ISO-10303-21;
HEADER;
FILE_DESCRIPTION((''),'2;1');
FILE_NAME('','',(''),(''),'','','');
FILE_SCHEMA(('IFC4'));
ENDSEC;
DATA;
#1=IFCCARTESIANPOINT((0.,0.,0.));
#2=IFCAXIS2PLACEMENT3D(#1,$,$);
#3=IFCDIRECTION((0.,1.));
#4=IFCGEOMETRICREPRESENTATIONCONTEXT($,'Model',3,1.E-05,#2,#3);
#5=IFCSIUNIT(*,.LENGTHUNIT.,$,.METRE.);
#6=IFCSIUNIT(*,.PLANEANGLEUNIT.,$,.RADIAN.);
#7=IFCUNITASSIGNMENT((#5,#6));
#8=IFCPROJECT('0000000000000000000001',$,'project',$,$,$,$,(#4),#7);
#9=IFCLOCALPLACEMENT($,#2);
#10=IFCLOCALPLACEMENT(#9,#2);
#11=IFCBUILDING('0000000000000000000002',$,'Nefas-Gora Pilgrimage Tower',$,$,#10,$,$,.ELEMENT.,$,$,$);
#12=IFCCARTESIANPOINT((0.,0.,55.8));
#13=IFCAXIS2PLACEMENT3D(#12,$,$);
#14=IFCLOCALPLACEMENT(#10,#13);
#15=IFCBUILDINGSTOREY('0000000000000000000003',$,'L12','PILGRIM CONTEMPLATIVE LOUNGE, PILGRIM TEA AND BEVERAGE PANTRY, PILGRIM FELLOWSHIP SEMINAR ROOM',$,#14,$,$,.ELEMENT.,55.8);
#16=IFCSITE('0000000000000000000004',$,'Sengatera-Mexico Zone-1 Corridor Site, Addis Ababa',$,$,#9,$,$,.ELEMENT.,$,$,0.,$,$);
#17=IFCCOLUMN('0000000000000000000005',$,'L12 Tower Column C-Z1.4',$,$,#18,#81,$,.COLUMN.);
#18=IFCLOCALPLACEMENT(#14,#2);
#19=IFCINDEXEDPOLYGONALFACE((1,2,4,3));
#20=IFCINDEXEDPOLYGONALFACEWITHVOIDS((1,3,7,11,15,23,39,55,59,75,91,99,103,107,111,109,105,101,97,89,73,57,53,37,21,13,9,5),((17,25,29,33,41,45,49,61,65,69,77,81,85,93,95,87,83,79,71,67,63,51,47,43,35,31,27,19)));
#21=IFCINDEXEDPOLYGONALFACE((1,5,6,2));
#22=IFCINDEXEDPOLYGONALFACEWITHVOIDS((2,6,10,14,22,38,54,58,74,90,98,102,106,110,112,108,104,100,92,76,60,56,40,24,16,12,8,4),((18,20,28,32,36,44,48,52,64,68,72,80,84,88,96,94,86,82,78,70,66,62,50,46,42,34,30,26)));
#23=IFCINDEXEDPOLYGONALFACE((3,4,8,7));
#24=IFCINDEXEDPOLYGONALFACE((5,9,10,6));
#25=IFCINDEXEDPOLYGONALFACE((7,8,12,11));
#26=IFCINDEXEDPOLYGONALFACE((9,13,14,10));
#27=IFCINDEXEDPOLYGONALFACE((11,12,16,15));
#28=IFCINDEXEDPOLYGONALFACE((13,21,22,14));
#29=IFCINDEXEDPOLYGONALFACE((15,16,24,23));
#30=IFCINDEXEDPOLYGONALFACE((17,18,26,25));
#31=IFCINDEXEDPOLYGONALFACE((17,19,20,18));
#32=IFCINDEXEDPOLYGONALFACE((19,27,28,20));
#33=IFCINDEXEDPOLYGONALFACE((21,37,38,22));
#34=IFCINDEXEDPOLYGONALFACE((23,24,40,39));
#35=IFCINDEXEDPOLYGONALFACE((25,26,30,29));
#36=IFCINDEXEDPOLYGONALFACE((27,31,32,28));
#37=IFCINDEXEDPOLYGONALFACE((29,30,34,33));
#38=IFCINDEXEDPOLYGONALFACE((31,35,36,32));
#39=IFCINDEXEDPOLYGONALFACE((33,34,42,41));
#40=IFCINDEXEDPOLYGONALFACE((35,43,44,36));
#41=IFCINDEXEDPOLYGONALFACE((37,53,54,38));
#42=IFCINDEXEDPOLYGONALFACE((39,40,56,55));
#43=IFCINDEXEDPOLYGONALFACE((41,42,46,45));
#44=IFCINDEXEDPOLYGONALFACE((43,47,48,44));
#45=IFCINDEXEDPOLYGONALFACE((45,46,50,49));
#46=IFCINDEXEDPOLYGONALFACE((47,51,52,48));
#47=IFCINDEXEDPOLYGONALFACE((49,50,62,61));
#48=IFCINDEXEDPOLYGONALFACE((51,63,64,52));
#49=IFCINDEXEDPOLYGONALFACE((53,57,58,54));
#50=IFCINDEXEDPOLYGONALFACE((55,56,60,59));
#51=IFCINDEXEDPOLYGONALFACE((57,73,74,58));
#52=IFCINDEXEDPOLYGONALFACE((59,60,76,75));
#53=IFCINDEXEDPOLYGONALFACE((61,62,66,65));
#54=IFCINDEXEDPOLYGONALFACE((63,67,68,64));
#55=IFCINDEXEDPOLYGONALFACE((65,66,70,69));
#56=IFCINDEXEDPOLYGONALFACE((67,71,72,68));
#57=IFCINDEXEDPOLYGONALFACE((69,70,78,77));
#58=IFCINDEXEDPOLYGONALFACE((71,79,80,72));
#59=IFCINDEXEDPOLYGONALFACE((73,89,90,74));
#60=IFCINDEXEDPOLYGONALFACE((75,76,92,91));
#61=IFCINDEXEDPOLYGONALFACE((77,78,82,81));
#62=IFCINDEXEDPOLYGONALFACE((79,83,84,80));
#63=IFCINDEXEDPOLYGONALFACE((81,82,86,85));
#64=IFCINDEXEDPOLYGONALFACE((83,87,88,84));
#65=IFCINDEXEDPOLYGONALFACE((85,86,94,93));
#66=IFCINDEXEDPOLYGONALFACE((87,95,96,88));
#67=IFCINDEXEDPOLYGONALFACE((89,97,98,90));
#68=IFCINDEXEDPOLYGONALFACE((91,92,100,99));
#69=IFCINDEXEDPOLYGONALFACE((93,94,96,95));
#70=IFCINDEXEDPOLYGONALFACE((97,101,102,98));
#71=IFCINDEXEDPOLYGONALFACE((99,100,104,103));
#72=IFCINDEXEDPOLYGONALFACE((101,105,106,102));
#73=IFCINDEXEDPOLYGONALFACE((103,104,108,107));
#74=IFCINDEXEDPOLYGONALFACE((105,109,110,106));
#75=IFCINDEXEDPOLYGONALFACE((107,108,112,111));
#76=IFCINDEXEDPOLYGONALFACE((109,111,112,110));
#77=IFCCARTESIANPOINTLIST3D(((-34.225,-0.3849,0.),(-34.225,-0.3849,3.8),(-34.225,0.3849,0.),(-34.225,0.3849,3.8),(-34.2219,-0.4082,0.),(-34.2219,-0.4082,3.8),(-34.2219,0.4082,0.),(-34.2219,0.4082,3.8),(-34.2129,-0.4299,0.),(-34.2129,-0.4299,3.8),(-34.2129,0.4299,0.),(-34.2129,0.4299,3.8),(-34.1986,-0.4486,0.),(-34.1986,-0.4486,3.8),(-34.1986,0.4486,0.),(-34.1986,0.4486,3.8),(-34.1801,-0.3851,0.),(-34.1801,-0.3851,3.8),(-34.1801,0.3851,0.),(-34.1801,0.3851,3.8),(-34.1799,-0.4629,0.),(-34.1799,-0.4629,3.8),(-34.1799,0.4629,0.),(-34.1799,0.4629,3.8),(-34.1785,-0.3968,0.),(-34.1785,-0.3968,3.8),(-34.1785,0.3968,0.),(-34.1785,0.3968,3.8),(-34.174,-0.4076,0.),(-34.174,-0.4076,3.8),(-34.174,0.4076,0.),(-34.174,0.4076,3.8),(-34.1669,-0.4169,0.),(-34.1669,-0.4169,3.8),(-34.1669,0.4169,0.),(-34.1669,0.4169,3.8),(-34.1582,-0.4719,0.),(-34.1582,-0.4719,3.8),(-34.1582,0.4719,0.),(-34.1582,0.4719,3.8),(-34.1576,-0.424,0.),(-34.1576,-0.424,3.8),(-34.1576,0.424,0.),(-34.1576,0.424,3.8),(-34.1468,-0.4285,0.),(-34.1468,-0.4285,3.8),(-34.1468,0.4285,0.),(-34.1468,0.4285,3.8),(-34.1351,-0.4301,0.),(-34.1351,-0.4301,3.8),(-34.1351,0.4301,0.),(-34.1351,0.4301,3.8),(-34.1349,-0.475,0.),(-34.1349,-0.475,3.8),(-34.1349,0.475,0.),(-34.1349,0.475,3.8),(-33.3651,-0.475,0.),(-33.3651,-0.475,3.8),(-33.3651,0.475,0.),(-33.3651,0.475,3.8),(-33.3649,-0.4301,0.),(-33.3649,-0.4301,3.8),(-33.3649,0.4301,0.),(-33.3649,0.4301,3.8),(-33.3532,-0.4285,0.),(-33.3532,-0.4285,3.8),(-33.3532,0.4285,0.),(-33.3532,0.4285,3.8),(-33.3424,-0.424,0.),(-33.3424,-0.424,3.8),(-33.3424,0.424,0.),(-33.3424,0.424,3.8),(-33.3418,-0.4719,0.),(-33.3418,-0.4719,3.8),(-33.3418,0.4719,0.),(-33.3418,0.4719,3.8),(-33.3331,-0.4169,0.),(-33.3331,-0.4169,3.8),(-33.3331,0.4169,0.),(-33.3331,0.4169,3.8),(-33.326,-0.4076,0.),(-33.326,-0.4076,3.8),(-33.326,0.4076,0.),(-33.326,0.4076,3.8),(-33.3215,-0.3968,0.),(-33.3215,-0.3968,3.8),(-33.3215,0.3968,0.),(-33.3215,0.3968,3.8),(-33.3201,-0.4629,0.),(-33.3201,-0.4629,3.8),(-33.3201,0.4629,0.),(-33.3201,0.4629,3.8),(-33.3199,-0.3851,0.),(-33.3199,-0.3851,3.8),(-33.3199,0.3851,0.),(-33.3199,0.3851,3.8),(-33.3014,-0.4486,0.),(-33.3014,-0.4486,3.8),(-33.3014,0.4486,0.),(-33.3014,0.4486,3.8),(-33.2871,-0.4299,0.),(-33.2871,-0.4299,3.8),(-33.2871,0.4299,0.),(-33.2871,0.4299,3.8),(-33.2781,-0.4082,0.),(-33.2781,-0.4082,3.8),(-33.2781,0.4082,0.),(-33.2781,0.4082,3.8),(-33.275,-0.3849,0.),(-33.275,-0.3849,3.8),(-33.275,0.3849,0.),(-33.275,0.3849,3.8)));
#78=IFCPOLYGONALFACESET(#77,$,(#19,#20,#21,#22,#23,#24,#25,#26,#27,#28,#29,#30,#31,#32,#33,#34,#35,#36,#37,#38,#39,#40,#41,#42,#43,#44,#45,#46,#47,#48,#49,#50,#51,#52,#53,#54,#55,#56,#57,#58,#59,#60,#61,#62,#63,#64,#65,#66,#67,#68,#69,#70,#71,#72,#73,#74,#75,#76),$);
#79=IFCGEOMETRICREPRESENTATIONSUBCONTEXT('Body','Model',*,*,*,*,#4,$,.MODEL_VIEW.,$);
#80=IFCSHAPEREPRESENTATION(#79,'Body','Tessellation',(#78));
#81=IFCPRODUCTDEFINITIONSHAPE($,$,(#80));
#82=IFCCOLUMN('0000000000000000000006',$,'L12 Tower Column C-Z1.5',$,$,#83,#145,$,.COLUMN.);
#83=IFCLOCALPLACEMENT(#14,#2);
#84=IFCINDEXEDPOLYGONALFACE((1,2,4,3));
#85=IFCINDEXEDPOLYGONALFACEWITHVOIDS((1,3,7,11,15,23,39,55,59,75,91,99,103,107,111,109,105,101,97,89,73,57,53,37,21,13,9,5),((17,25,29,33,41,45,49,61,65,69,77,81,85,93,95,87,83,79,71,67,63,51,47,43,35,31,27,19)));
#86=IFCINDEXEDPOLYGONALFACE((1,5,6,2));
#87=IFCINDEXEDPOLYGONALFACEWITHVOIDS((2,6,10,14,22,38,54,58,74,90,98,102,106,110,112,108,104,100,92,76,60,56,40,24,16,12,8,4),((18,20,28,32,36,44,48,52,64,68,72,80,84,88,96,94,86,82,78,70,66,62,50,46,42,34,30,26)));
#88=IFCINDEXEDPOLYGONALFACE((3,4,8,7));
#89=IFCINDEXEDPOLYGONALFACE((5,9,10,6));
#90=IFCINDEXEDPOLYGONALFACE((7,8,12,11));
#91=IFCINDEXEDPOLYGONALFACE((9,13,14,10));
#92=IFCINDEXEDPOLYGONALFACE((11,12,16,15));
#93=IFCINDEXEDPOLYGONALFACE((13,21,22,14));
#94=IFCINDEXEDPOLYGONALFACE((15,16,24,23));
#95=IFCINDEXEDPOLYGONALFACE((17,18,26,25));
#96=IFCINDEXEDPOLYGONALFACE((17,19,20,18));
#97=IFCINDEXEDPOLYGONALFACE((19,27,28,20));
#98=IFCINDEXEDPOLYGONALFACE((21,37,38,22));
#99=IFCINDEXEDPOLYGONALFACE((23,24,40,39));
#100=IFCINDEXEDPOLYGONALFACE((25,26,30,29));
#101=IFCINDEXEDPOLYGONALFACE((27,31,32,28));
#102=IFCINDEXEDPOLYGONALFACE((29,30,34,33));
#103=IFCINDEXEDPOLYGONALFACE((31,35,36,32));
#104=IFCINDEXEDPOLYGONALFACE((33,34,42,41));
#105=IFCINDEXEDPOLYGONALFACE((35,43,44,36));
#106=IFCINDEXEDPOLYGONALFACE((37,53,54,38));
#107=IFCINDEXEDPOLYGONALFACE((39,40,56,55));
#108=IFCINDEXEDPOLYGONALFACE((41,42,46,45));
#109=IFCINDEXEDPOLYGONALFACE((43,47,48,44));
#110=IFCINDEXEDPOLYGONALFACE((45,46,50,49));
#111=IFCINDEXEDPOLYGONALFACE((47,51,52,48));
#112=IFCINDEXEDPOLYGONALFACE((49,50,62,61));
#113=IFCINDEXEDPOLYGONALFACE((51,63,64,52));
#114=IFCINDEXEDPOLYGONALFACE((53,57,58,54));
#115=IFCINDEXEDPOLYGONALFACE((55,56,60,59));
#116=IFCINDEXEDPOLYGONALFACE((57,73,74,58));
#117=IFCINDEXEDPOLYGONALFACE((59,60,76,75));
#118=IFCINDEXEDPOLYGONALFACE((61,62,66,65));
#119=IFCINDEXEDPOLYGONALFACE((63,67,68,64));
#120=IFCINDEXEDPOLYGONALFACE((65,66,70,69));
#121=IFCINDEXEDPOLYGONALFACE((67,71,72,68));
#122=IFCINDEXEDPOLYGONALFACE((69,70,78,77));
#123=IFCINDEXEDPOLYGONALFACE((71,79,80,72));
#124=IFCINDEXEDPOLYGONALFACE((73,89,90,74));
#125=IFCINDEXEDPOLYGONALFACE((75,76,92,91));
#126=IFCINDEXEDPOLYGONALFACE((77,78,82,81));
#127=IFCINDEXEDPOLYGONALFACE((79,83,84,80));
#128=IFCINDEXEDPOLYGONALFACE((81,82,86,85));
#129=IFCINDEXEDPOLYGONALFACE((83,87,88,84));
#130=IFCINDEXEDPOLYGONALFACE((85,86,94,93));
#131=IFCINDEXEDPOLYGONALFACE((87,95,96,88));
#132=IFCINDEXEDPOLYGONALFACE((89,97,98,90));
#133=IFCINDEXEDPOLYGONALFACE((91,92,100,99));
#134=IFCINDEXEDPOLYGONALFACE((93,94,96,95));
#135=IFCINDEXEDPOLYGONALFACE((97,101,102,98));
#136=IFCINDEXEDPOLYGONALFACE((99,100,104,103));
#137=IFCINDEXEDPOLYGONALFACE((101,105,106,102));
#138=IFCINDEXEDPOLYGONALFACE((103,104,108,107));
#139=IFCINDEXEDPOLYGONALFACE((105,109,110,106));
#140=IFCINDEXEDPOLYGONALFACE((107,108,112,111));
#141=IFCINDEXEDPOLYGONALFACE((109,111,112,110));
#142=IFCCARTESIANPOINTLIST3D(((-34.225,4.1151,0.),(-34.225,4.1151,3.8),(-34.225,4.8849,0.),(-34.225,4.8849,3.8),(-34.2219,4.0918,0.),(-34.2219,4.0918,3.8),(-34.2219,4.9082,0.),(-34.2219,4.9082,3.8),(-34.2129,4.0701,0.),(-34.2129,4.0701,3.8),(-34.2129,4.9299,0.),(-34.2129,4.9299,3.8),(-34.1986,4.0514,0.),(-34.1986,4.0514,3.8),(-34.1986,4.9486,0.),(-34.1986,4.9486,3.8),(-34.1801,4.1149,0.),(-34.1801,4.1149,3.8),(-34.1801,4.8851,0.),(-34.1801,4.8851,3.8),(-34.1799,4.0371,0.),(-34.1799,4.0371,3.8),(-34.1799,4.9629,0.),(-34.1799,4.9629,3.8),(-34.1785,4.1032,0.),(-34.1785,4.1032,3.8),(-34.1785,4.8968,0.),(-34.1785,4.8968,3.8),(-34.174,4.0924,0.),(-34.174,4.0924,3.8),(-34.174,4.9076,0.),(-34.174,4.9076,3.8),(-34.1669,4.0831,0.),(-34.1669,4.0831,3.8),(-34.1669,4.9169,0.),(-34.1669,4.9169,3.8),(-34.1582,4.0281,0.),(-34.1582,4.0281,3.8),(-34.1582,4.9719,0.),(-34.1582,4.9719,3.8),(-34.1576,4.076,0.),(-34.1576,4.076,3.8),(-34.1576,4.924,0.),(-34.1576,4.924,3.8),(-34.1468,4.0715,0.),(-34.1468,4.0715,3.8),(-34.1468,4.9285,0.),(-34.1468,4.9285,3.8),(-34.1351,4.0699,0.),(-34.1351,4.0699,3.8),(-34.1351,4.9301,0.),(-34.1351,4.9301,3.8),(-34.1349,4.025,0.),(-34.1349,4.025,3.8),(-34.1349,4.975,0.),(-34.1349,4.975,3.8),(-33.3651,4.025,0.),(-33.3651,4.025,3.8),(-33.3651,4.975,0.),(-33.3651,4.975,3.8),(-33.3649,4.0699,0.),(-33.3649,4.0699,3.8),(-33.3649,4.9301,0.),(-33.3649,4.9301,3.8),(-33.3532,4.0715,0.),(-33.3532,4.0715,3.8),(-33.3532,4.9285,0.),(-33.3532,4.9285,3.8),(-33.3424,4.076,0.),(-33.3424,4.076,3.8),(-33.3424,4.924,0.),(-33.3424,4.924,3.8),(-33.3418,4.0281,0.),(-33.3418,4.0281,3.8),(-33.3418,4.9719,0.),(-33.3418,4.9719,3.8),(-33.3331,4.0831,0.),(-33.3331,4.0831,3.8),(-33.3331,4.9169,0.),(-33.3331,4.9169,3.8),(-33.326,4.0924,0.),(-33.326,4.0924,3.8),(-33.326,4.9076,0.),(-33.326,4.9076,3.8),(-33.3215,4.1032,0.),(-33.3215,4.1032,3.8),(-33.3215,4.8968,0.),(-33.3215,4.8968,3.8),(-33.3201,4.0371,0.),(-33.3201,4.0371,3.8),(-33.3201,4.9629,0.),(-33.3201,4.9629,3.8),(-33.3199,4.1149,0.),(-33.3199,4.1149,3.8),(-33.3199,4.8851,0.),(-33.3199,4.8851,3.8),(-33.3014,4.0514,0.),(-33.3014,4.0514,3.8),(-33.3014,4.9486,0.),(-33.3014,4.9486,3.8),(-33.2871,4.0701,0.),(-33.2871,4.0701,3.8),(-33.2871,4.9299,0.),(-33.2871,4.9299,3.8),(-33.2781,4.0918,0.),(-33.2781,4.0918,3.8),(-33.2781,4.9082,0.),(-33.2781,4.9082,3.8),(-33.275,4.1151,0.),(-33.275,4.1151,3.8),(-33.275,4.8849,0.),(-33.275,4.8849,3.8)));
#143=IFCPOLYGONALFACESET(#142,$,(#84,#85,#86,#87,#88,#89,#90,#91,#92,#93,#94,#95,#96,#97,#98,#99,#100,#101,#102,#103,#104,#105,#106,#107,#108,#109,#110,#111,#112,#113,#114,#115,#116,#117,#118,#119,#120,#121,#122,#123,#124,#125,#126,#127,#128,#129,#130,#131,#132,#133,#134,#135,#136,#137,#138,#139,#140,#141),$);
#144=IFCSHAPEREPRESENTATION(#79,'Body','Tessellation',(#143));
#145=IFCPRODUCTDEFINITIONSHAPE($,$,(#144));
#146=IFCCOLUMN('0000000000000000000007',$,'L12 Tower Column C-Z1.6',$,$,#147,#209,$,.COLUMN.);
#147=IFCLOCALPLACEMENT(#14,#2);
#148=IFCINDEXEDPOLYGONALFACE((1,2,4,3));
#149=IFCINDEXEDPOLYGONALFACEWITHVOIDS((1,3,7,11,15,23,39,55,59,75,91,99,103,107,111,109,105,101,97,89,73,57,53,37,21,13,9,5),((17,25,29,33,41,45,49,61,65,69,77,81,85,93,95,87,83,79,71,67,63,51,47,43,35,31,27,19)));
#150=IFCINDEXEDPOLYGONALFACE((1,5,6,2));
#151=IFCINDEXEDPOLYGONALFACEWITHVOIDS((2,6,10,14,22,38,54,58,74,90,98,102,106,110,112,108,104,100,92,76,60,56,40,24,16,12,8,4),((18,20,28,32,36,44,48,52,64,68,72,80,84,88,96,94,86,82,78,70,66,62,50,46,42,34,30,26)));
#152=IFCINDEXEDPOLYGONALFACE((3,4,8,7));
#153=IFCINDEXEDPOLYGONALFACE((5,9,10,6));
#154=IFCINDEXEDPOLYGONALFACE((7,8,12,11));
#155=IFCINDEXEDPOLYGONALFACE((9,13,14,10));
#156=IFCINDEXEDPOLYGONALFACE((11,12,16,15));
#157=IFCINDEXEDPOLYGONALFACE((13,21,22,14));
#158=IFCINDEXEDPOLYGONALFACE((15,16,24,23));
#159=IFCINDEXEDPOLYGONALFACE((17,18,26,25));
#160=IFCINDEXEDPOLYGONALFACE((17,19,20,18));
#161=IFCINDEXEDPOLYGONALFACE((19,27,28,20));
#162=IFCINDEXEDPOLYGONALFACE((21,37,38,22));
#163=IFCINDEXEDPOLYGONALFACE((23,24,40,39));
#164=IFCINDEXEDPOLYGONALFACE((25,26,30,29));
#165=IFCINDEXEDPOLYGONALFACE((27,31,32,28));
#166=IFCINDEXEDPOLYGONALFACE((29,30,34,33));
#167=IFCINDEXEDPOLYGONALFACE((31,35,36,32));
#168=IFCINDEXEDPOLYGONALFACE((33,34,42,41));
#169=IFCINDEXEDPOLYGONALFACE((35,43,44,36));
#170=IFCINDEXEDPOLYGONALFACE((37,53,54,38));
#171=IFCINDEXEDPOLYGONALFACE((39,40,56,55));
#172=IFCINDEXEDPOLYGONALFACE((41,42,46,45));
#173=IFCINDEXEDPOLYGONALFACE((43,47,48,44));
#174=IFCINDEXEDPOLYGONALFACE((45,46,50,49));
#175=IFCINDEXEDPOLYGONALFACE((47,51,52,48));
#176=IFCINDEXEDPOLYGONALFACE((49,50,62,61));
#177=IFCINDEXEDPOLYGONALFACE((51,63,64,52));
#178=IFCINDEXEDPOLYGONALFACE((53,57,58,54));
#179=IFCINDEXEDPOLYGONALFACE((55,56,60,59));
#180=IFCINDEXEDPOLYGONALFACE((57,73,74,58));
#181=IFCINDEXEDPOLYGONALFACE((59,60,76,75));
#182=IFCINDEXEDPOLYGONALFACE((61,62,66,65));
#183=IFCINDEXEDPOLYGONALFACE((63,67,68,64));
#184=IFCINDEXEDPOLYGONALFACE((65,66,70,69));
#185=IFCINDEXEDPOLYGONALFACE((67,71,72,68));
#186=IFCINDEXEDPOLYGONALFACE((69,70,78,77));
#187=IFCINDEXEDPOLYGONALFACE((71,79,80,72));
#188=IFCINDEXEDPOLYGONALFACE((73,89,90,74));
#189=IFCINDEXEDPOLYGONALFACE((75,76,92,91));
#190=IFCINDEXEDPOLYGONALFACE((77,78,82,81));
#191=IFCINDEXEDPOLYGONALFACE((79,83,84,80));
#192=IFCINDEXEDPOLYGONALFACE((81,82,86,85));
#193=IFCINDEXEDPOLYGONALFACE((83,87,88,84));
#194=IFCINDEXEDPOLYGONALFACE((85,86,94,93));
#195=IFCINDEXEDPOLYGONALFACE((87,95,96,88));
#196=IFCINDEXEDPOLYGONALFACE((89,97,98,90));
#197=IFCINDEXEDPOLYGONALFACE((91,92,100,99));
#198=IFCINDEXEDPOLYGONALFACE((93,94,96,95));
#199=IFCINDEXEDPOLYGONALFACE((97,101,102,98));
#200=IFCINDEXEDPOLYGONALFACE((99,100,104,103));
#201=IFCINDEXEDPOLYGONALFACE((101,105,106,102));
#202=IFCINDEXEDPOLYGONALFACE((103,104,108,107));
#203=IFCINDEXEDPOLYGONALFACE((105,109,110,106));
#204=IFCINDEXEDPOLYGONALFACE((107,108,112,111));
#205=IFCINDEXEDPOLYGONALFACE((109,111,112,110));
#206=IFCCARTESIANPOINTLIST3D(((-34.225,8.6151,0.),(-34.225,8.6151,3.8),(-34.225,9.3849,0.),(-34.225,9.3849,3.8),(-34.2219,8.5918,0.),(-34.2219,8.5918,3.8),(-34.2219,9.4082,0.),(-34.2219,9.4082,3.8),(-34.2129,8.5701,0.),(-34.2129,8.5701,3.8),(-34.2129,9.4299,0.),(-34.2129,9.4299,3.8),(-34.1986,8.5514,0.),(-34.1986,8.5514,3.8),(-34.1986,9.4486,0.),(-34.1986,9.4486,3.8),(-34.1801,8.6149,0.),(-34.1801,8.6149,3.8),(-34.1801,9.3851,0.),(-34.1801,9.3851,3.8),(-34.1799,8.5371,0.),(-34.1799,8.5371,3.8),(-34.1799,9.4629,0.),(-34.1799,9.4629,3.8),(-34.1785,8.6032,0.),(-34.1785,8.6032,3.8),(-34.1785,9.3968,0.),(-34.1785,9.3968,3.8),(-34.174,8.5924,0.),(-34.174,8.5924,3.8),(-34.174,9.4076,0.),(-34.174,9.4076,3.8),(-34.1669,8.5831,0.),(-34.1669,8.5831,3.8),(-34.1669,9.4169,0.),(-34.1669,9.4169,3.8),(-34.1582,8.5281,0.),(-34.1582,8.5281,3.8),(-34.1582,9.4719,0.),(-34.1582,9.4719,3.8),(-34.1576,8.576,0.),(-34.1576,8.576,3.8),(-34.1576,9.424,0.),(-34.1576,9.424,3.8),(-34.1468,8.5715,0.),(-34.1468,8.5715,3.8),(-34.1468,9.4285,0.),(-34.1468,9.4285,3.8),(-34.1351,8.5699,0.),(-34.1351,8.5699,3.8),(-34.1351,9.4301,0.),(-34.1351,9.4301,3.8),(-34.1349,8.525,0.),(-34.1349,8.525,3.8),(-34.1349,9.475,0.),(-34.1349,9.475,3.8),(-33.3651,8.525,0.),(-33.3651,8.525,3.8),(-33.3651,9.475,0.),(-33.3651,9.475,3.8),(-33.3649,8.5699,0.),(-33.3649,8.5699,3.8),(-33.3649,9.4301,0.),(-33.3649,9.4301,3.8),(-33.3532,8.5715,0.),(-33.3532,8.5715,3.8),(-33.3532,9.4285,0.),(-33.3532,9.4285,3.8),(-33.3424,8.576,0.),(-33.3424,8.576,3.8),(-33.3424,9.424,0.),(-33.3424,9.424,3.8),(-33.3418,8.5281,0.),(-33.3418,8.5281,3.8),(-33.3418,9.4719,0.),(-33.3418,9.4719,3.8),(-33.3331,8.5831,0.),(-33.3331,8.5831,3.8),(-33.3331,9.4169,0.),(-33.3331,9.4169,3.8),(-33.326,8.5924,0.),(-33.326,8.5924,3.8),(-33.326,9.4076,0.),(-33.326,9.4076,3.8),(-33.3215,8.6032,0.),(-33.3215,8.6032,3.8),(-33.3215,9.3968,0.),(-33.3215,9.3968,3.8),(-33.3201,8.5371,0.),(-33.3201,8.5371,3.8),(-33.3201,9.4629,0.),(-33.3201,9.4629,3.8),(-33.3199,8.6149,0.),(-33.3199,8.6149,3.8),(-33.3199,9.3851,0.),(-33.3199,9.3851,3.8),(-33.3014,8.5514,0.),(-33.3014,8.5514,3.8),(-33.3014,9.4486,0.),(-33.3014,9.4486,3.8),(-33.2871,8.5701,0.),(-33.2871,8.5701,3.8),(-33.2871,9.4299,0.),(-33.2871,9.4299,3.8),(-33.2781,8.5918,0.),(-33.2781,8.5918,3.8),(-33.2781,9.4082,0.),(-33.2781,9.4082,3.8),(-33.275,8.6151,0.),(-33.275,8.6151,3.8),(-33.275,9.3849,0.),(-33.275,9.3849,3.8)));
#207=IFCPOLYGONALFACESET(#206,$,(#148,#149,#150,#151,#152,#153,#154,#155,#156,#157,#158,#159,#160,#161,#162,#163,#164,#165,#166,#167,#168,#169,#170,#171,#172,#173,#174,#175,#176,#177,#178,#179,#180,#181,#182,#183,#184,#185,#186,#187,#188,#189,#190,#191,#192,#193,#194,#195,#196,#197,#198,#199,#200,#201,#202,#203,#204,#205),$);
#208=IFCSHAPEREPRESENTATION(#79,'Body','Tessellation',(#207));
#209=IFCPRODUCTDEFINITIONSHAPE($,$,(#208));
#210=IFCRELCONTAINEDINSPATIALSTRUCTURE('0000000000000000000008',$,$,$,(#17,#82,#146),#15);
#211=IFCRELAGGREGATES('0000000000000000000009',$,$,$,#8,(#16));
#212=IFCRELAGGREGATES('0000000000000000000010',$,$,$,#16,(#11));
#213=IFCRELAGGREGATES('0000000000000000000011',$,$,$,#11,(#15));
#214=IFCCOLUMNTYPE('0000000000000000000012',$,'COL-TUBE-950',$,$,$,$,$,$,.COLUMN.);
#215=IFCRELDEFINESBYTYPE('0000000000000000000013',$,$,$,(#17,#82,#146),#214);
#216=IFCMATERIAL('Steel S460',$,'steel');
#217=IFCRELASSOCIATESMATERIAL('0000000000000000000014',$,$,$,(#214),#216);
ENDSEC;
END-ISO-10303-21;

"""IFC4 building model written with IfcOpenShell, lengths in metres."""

from ifc_helpers import new_model, si_unit, direction, frame, origin, origin_2d, place, context, subcontext, project, spatial, hollow_rectangle, extrude, source, transform, mapped, material, material_profile, profile_set, type_object, element, save


model = new_model("IFC4")

# Units and contexts
model_context = context("Model", 3, precision=1e-05, world=origin(), true_north=direction((0.0, 1.0)))
body_context = subcontext(model_context, "Body", "Model", "MODEL_VIEW")
ifc_project = project(units=[si_unit("LENGTHUNIT", "METRE"), si_unit("PLANEANGLEUNIT", "RADIAN")], contexts=[model_context])

# Site, building, storey
site_placement = place(None, origin())
site = spatial("IfcSite", under=ifc_project, at=site_placement, Name="Sengatera-Mexico Zone-1 Corridor Site, Addis Ababa", CompositionType="ELEMENT", RefElevation=0.0)
building_placement = place(site_placement, origin())
building = spatial("IfcBuilding", under=site, at=building_placement, Name="Nefas-Gora Pilgrimage Tower", CompositionType="ELEMENT")
storey_placement = place(building_placement, frame((0.0, 0.0, 55.8)))
storey = spatial("IfcBuildingStorey", under=building, at=storey_placement, Name="L12", Description="PILGRIM CONTEMPLATIVE LOUNGE, PILGRIM TEA AND BEVERAGE PANTRY, PILGRIM FELLOWSHIP SEMINAR ROOM", CompositionType="ELEMENT", Elevation=55.8)

# Columns
ifc_material_1 = material(Name="Steel S460", Category="steel")
ifc_material_profile_1 = material_profile(ifc_material_1, hollow_rectangle(XDim=0.95, YDim=0.95, WallThickness=0.0449, InnerFilletRadius=0.0449, OuterFilletRadius=0.0901, at=origin_2d()), Name="BOX 950x950x45")
ifc_profile_set_1 = profile_set([ifc_material_profile_1], Name="Steel S460")
column_type_1 = type_object("IfcColumnType", Name="COL-TUBE-950", PredefinedType="COLUMN", material=ifc_profile_set_1)
shared_shape_1 = source(origin(), body_context, "Body", "SweptSolid", [
    extrude(hollow_rectangle(XDim=0.95, YDim=0.95, WallThickness=0.0449, InnerFilletRadius=0.0449, OuterFilletRadius=0.0901, at=origin_2d()), origin(), (0.0, 0.0, 1.0), 3.8),
])
for number, where, z_axis, x_axis, name in (
    (1, (-33.75, 0.0, 0.0), (0.0, 0.0, 1.0), (1.0, 0.0, 0.0), "L12 Tower Column C-Z1.4"),
    (2, (-33.75, 4.5, 0.0), (0.0, 0.0, 1.0), (1.0, 0.0, 0.0), "L12 Tower Column C-Z1.5"),
    (3, (-33.75, 9.0, 0.0), (0.0, 0.0, 1.0), (1.0, 0.0, 0.0), "L12 Tower Column C-Z1.6"),
):
    element("IfcColumn", number, at=place(storey_placement, frame(where, z_axis=z_axis, x_axis=x_axis)), inside=storey, type_object=column_type_1, Name=name, PredefinedType="COLUMN", context=body_context, shape_type="MappedRepresentation", body=[
        mapped(shared_shape_1, transform((0.0, 0.0, 0.0), x_axis=(1.0, 0.0, 0.0), y_axis=(0.0, 1.0, 0.0), z_axis=(0.0, 0.0, 1.0), scale=1.0)),
    ])

save(model, "model.ifc")
